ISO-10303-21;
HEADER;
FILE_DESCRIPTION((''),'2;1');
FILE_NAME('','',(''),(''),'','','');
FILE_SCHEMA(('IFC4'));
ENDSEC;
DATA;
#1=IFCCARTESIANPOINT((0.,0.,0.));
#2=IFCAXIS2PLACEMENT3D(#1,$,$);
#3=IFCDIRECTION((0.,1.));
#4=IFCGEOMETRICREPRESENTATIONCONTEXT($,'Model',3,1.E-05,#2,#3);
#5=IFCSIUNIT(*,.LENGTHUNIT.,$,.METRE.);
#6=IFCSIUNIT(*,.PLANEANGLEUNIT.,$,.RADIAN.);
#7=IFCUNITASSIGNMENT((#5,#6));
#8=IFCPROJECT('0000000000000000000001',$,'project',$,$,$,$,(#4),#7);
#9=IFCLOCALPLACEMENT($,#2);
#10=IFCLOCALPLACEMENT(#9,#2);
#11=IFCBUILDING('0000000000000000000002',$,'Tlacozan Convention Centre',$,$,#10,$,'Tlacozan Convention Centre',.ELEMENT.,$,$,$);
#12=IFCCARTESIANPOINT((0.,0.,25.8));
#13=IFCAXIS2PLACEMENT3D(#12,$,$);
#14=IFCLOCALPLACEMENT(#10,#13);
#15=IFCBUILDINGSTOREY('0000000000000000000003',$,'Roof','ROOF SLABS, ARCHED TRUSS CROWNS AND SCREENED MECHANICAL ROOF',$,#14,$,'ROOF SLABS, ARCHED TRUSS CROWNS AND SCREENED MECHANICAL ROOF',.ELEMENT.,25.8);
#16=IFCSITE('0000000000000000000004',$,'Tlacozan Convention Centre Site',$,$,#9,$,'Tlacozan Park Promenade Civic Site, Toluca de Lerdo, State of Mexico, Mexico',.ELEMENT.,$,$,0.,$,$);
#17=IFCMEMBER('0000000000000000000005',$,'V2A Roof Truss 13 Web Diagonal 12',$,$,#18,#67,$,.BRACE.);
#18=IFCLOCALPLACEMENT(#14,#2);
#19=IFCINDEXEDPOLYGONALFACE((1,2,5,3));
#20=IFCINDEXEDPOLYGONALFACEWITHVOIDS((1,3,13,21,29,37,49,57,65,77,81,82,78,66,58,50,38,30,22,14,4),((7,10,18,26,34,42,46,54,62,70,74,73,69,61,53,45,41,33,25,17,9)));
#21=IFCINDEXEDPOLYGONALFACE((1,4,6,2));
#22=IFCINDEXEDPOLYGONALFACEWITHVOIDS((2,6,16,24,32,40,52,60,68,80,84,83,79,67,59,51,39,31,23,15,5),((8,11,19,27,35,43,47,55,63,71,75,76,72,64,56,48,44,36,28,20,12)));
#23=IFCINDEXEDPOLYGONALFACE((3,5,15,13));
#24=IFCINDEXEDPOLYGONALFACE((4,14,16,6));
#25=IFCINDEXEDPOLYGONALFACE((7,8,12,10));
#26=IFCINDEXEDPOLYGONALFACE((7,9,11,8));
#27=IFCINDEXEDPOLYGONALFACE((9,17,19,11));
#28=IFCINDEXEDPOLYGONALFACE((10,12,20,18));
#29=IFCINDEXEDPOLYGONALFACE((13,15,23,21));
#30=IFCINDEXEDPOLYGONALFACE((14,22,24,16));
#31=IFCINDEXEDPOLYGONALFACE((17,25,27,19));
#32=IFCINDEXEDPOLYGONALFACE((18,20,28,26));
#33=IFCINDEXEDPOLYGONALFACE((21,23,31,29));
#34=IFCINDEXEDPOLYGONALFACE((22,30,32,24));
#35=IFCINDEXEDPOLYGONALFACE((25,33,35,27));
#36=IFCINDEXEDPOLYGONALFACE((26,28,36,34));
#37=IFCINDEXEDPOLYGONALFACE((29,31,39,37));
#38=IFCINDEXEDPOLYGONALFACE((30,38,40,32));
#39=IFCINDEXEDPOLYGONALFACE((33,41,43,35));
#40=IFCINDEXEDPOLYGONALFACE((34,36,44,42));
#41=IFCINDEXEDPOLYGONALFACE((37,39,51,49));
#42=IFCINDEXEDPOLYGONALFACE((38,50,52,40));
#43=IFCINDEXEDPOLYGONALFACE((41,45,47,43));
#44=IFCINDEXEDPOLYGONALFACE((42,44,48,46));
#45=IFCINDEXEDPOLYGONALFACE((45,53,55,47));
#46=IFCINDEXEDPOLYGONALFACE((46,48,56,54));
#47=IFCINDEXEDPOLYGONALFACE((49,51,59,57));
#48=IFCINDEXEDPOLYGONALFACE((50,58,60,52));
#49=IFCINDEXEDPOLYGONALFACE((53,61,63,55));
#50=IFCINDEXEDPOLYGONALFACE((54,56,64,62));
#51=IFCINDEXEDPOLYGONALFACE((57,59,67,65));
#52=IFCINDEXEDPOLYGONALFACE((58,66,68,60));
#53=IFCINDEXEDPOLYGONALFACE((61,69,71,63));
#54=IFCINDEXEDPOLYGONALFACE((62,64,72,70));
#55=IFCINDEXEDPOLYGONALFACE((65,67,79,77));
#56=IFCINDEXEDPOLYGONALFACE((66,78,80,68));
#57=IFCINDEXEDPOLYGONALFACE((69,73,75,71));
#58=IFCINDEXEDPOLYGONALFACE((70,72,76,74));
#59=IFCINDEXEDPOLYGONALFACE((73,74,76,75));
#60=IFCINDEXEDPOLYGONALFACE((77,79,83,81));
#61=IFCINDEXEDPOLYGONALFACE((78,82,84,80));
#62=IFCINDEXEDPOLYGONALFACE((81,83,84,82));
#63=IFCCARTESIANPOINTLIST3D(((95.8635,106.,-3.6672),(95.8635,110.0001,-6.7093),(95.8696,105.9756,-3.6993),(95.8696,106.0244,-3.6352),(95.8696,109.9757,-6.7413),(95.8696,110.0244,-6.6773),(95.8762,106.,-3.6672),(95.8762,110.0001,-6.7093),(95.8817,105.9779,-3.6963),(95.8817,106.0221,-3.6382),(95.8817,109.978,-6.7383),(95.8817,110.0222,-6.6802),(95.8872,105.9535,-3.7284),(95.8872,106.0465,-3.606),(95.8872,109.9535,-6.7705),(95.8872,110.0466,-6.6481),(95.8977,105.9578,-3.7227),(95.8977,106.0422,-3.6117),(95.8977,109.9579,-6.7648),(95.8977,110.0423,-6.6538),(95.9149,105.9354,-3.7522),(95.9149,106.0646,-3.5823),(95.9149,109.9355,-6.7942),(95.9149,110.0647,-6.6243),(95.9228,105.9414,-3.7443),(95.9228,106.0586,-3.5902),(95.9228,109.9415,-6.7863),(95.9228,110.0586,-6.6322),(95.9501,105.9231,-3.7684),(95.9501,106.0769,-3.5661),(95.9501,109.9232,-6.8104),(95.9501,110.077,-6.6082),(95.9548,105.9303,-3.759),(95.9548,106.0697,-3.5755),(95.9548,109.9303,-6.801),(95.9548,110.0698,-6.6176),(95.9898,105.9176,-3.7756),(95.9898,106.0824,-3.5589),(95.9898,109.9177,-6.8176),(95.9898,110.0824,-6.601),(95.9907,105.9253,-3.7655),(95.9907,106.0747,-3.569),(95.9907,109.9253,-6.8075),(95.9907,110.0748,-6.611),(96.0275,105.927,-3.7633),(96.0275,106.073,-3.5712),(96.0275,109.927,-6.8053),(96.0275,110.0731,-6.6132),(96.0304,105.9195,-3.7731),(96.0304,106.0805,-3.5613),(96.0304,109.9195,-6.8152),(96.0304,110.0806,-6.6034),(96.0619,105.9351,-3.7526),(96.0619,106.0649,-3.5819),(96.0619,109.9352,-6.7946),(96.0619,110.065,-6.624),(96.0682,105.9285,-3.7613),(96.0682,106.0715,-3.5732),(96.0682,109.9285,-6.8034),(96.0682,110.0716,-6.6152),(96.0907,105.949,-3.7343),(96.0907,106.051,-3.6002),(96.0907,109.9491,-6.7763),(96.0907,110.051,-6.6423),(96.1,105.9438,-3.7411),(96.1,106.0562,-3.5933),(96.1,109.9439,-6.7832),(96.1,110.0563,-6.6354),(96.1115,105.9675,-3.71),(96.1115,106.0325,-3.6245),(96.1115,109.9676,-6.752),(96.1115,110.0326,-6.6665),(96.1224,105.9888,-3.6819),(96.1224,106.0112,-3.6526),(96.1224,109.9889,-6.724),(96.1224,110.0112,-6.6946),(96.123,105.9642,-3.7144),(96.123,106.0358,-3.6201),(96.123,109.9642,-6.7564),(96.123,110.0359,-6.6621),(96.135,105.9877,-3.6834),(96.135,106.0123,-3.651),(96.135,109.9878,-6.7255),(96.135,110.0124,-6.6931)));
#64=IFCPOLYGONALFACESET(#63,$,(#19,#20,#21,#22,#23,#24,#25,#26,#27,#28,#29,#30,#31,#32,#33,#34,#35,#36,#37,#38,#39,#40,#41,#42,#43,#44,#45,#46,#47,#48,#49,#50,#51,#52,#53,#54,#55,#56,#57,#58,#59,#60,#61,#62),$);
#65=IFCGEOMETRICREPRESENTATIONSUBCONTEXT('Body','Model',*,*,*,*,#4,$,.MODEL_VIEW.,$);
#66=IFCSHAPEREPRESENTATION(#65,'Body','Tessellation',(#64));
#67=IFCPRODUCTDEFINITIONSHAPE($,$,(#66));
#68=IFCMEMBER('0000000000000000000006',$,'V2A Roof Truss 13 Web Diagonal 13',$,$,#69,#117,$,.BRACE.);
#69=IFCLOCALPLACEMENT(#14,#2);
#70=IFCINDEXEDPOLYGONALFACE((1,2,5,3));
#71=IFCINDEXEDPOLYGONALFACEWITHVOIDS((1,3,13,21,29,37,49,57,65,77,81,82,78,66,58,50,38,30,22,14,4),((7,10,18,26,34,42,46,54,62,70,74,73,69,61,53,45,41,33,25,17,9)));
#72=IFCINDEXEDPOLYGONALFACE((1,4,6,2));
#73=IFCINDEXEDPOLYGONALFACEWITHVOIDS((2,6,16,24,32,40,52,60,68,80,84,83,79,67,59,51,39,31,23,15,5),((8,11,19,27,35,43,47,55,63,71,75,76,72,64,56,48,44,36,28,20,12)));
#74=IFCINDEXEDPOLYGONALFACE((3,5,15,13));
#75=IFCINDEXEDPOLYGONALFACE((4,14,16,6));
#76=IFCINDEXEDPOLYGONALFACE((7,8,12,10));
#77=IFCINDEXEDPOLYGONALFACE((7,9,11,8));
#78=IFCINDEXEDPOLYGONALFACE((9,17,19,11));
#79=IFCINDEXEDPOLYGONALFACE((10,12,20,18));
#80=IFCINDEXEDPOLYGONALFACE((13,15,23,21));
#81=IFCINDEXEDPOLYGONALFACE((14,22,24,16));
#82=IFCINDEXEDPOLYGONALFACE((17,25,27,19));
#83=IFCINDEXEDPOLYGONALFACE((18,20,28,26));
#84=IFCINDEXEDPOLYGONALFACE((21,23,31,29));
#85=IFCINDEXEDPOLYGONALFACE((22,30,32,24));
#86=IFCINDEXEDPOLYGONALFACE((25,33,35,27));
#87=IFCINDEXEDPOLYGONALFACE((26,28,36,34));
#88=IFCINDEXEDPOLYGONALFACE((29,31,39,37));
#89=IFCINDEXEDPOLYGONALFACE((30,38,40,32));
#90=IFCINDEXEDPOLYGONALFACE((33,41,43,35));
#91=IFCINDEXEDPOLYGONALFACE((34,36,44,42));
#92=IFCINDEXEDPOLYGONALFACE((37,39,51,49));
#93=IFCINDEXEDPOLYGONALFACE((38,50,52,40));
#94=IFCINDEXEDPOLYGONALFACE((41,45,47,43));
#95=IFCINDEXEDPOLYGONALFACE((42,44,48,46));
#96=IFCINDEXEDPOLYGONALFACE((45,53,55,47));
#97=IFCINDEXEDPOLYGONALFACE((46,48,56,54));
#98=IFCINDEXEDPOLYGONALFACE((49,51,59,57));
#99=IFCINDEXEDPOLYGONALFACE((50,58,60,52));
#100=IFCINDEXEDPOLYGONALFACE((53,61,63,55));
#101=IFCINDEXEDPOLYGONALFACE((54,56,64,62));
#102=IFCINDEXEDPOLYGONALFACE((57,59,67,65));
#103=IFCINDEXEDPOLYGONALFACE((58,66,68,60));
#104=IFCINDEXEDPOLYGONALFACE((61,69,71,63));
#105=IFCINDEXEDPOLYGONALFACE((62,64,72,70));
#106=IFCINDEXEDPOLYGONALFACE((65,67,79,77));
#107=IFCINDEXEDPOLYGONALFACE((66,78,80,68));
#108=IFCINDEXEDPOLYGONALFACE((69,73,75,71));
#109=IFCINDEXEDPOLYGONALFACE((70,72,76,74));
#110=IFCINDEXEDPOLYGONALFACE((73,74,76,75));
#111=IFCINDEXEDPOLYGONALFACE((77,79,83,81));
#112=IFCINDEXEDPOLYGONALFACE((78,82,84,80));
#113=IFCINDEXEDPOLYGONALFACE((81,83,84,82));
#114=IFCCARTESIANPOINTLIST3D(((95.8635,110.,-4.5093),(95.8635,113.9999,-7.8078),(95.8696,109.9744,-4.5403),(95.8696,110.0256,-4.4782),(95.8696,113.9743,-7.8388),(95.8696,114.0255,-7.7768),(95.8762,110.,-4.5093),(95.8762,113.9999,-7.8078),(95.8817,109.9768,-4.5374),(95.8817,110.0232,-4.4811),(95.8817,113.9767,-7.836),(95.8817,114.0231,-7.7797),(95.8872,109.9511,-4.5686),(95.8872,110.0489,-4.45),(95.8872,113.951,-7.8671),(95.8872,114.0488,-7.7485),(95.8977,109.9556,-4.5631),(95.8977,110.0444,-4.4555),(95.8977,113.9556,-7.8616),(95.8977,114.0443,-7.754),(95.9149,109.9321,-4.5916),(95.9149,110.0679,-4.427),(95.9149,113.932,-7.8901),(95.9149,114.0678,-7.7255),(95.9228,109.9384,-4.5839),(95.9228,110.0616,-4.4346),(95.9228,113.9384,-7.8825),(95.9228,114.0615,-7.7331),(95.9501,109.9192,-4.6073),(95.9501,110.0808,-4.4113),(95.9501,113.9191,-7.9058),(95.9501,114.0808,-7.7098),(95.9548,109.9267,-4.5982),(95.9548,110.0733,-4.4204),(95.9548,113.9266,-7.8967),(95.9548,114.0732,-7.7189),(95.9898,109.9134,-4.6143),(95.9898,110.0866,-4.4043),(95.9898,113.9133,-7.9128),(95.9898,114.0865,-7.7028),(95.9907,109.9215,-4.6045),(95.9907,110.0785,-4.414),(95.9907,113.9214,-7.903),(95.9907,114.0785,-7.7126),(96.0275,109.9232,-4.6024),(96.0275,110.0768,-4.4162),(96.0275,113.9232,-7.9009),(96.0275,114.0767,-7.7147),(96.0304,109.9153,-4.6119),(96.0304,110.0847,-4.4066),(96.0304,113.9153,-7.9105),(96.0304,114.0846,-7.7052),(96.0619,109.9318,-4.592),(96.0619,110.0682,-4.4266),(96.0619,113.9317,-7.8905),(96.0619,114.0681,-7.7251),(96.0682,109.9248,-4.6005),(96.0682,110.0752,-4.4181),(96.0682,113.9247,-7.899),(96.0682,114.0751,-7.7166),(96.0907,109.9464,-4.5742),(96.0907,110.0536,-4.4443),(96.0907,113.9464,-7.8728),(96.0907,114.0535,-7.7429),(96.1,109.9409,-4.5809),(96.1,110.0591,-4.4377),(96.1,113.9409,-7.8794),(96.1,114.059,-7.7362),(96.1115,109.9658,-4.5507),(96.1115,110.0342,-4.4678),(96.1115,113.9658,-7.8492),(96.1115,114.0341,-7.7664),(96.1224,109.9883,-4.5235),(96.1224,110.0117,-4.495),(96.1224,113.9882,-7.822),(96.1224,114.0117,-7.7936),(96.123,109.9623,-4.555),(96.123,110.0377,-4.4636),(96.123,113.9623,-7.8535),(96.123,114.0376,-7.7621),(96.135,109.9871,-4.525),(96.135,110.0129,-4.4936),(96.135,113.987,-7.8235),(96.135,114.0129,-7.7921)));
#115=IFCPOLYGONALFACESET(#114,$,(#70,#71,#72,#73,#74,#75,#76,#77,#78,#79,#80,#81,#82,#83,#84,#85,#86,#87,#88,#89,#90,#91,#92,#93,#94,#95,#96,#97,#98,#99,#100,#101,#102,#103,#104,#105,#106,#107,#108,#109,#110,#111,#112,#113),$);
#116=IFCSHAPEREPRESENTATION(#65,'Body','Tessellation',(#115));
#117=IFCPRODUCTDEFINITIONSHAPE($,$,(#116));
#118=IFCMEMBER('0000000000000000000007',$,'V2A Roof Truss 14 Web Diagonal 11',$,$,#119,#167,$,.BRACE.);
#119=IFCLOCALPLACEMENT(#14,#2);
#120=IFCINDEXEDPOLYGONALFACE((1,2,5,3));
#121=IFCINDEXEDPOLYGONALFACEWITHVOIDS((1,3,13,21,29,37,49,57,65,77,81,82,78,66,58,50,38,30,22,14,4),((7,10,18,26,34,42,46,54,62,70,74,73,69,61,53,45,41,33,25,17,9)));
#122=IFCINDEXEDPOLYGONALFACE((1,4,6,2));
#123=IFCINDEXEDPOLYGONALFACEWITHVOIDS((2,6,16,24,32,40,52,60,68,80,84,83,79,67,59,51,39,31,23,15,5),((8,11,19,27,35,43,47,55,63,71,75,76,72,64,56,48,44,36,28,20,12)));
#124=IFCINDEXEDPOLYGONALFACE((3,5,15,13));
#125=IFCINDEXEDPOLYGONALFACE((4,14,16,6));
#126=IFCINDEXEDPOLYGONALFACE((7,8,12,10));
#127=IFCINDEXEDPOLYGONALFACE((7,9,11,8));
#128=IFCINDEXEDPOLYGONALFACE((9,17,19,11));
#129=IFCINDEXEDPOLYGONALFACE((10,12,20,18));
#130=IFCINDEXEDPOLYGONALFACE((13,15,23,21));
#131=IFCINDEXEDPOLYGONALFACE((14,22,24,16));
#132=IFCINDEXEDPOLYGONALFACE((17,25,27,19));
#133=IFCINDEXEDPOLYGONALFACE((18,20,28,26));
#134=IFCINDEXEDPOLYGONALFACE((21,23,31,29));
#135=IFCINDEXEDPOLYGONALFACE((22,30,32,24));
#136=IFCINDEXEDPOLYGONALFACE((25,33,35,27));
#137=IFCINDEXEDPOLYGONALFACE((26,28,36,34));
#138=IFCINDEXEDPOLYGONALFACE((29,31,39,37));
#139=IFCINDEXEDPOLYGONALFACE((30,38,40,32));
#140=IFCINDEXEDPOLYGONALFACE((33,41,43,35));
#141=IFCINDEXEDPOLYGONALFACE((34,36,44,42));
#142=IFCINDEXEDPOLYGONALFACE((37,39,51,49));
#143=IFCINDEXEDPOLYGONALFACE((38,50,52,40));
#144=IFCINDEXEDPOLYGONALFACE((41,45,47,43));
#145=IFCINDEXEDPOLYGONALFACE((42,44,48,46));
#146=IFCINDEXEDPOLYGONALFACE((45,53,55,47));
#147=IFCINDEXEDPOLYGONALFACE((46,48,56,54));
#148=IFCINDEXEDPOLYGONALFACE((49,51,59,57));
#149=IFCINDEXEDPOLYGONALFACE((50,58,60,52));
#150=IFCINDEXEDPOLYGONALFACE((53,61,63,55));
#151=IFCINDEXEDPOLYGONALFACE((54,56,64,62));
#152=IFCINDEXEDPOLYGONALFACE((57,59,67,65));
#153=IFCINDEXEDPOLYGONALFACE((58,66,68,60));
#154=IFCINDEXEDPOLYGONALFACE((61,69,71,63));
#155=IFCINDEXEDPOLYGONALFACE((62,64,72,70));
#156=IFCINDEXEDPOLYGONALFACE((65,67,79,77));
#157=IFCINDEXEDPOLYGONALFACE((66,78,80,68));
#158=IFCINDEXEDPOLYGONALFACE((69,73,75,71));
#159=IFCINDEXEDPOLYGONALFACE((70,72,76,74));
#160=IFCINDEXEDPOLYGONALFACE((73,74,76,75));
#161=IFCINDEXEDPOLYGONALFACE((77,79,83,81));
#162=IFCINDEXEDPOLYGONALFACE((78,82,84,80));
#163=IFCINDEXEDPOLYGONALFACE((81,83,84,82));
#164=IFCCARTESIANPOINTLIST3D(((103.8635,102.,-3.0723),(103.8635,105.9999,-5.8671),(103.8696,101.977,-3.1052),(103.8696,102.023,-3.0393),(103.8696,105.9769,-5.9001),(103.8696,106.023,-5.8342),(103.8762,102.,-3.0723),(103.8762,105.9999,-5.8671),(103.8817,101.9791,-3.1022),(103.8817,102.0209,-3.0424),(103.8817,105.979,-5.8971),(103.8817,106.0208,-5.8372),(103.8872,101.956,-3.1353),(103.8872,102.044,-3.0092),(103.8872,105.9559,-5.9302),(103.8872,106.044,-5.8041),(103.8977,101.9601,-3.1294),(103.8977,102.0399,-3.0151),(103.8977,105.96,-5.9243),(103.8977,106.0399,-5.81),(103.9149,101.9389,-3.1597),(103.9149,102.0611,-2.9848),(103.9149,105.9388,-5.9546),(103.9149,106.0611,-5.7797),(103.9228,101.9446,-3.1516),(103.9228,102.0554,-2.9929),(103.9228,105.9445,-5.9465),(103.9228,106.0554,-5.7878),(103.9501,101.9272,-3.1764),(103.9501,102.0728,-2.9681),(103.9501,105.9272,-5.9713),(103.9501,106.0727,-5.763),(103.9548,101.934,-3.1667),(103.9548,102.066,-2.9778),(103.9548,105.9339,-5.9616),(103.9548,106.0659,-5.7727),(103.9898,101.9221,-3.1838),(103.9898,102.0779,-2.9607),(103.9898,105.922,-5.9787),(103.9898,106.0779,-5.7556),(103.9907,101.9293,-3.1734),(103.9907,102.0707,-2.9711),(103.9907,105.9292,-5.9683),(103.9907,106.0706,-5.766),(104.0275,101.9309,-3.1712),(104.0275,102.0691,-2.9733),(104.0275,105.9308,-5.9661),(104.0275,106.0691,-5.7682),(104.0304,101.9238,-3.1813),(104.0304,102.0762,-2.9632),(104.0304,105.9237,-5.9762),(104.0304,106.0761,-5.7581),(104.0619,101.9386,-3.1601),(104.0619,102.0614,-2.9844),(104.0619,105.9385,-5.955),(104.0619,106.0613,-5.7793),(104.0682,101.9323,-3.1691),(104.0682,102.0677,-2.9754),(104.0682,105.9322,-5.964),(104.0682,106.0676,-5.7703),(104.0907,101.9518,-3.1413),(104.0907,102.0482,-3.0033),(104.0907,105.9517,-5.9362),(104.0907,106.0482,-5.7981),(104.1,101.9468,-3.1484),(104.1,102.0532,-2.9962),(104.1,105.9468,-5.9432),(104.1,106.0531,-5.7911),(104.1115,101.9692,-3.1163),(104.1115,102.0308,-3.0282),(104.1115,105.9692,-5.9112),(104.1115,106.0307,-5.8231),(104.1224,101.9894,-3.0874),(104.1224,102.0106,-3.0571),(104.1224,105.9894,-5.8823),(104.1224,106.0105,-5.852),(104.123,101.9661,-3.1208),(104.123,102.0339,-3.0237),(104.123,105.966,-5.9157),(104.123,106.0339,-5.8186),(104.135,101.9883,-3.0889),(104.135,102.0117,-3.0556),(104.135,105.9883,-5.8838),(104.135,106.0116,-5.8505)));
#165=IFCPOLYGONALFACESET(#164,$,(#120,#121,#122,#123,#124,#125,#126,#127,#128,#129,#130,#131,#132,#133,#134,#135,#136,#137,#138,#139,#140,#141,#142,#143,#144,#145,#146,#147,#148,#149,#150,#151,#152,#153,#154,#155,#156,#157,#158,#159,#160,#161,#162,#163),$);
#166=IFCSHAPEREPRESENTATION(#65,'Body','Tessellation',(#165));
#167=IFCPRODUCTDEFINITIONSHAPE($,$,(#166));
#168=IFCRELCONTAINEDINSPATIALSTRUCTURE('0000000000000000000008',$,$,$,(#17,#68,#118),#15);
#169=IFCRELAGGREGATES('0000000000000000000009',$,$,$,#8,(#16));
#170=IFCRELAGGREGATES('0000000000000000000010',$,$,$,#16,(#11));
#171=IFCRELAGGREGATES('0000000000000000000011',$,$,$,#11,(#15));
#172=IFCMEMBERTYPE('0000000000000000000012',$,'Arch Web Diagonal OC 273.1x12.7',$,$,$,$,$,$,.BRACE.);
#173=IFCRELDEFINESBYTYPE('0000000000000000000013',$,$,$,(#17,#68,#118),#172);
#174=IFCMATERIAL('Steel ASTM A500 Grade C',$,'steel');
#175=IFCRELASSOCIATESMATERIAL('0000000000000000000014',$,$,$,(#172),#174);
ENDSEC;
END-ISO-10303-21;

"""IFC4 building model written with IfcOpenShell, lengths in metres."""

from ifc_helpers import new_model, si_unit, direction, frame, origin, origin_2d, place, context, subcontext, project, spatial, hollow_circle, extrude, material, material_profile, profile_set, type_object, element, save


model = new_model("IFC4")

# Units and contexts
model_context = context("Model", 3, precision=1e-05, world=origin(), true_north=direction((0.0, 1.0)))
body_context = subcontext(model_context, "Body", "Model", "MODEL_VIEW")
ifc_project = project(units=[si_unit("LENGTHUNIT", "METRE"), si_unit("PLANEANGLEUNIT", "RADIAN")], contexts=[model_context])

# Site, building, storey
site_placement = place(None, origin())
site = spatial("IfcSite", under=ifc_project, at=site_placement, Name="Tlacozan Convention Centre Site", LongName="Tlacozan Park Promenade Civic Site, Toluca de Lerdo, State of Mexico, Mexico", CompositionType="ELEMENT", RefElevation=0.0)
building_placement = place(site_placement, origin())
building = spatial("IfcBuilding", under=site, at=building_placement, Name="Tlacozan Convention Centre", LongName="Tlacozan Convention Centre", CompositionType="ELEMENT")
storey_placement = place(building_placement, frame((0.0, 0.0, 25.8)))
storey = spatial("IfcBuildingStorey", under=building, at=storey_placement, Name="Roof", Description="ROOF SLABS, ARCHED TRUSS CROWNS AND SCREENED MECHANICAL ROOF", LongName="ROOF SLABS, ARCHED TRUSS CROWNS AND SCREENED MECHANICAL ROOF", CompositionType="ELEMENT", Elevation=25.8)

# Members
ifc_material_1 = material(Name="Steel ASTM A500 Grade C", Category="steel")
ifc_material_profile_1 = material_profile(ifc_material_1, hollow_circle(Radius=0.1365, WallThickness=0.0127, at=origin_2d()), Name="OC 273.1x12.7")
ifc_profile_set_1 = profile_set([ifc_material_profile_1], Name="Steel ASTM A500 Grade C")
member_type_1 = type_object("IfcMemberType", Name="Arch Web Diagonal OC 273.1x12.7", PredefinedType="BRACE", material=ifc_profile_set_1)
member_1_placement = place(storey_placement, frame((96.0, 106.0, -3.6672), z_axis=(0.0, 0.795971, -0.605335), x_axis=(-1.0, 0.0, 0.0)))
element("IfcMember", 1, at=member_1_placement, inside=storey, type_object=member_type_1, Name="V2A Roof Truss 13 Web Diagonal 12", PredefinedType="BRACE", context=body_context, shape_type="SweptSolid", body=[
    extrude(hollow_circle(Radius=0.1365, WallThickness=0.0127, at=origin_2d()), origin(), (0.0, 0.0, 1.0), 5.0254),
])
member_2_placement = place(storey_placement, frame((96.0, 110.0, -4.5093), z_axis=(0.0, 0.771507, -0.63622), x_axis=(-1.0, 0.0, 0.0)))
element("IfcMember", 2, at=member_2_placement, inside=storey, type_object=member_type_1, Name="V2A Roof Truss 13 Web Diagonal 13", PredefinedType="BRACE", context=body_context, shape_type="SweptSolid", body=[
    extrude(hollow_circle(Radius=0.1365, WallThickness=0.0127, at=origin_2d()), origin(), (0.0, 0.0, 1.0), 5.1846),
])
member_3_placement = place(storey_placement, frame((104.0, 102.0, -3.0723), z_axis=(0.0, 0.819721, -0.572764), x_axis=(-1.0, 0.0, 0.0)))
element("IfcMember", 3, at=member_3_placement, inside=storey, type_object=member_type_1, Name="V2A Roof Truss 14 Web Diagonal 11", PredefinedType="BRACE", context=body_context, shape_type="SweptSolid", body=[
    extrude(hollow_circle(Radius=0.1365, WallThickness=0.0127, at=origin_2d()), origin(), (0.0, 0.0, 1.0), 4.8796),
])

save(model, "model.ifc")
